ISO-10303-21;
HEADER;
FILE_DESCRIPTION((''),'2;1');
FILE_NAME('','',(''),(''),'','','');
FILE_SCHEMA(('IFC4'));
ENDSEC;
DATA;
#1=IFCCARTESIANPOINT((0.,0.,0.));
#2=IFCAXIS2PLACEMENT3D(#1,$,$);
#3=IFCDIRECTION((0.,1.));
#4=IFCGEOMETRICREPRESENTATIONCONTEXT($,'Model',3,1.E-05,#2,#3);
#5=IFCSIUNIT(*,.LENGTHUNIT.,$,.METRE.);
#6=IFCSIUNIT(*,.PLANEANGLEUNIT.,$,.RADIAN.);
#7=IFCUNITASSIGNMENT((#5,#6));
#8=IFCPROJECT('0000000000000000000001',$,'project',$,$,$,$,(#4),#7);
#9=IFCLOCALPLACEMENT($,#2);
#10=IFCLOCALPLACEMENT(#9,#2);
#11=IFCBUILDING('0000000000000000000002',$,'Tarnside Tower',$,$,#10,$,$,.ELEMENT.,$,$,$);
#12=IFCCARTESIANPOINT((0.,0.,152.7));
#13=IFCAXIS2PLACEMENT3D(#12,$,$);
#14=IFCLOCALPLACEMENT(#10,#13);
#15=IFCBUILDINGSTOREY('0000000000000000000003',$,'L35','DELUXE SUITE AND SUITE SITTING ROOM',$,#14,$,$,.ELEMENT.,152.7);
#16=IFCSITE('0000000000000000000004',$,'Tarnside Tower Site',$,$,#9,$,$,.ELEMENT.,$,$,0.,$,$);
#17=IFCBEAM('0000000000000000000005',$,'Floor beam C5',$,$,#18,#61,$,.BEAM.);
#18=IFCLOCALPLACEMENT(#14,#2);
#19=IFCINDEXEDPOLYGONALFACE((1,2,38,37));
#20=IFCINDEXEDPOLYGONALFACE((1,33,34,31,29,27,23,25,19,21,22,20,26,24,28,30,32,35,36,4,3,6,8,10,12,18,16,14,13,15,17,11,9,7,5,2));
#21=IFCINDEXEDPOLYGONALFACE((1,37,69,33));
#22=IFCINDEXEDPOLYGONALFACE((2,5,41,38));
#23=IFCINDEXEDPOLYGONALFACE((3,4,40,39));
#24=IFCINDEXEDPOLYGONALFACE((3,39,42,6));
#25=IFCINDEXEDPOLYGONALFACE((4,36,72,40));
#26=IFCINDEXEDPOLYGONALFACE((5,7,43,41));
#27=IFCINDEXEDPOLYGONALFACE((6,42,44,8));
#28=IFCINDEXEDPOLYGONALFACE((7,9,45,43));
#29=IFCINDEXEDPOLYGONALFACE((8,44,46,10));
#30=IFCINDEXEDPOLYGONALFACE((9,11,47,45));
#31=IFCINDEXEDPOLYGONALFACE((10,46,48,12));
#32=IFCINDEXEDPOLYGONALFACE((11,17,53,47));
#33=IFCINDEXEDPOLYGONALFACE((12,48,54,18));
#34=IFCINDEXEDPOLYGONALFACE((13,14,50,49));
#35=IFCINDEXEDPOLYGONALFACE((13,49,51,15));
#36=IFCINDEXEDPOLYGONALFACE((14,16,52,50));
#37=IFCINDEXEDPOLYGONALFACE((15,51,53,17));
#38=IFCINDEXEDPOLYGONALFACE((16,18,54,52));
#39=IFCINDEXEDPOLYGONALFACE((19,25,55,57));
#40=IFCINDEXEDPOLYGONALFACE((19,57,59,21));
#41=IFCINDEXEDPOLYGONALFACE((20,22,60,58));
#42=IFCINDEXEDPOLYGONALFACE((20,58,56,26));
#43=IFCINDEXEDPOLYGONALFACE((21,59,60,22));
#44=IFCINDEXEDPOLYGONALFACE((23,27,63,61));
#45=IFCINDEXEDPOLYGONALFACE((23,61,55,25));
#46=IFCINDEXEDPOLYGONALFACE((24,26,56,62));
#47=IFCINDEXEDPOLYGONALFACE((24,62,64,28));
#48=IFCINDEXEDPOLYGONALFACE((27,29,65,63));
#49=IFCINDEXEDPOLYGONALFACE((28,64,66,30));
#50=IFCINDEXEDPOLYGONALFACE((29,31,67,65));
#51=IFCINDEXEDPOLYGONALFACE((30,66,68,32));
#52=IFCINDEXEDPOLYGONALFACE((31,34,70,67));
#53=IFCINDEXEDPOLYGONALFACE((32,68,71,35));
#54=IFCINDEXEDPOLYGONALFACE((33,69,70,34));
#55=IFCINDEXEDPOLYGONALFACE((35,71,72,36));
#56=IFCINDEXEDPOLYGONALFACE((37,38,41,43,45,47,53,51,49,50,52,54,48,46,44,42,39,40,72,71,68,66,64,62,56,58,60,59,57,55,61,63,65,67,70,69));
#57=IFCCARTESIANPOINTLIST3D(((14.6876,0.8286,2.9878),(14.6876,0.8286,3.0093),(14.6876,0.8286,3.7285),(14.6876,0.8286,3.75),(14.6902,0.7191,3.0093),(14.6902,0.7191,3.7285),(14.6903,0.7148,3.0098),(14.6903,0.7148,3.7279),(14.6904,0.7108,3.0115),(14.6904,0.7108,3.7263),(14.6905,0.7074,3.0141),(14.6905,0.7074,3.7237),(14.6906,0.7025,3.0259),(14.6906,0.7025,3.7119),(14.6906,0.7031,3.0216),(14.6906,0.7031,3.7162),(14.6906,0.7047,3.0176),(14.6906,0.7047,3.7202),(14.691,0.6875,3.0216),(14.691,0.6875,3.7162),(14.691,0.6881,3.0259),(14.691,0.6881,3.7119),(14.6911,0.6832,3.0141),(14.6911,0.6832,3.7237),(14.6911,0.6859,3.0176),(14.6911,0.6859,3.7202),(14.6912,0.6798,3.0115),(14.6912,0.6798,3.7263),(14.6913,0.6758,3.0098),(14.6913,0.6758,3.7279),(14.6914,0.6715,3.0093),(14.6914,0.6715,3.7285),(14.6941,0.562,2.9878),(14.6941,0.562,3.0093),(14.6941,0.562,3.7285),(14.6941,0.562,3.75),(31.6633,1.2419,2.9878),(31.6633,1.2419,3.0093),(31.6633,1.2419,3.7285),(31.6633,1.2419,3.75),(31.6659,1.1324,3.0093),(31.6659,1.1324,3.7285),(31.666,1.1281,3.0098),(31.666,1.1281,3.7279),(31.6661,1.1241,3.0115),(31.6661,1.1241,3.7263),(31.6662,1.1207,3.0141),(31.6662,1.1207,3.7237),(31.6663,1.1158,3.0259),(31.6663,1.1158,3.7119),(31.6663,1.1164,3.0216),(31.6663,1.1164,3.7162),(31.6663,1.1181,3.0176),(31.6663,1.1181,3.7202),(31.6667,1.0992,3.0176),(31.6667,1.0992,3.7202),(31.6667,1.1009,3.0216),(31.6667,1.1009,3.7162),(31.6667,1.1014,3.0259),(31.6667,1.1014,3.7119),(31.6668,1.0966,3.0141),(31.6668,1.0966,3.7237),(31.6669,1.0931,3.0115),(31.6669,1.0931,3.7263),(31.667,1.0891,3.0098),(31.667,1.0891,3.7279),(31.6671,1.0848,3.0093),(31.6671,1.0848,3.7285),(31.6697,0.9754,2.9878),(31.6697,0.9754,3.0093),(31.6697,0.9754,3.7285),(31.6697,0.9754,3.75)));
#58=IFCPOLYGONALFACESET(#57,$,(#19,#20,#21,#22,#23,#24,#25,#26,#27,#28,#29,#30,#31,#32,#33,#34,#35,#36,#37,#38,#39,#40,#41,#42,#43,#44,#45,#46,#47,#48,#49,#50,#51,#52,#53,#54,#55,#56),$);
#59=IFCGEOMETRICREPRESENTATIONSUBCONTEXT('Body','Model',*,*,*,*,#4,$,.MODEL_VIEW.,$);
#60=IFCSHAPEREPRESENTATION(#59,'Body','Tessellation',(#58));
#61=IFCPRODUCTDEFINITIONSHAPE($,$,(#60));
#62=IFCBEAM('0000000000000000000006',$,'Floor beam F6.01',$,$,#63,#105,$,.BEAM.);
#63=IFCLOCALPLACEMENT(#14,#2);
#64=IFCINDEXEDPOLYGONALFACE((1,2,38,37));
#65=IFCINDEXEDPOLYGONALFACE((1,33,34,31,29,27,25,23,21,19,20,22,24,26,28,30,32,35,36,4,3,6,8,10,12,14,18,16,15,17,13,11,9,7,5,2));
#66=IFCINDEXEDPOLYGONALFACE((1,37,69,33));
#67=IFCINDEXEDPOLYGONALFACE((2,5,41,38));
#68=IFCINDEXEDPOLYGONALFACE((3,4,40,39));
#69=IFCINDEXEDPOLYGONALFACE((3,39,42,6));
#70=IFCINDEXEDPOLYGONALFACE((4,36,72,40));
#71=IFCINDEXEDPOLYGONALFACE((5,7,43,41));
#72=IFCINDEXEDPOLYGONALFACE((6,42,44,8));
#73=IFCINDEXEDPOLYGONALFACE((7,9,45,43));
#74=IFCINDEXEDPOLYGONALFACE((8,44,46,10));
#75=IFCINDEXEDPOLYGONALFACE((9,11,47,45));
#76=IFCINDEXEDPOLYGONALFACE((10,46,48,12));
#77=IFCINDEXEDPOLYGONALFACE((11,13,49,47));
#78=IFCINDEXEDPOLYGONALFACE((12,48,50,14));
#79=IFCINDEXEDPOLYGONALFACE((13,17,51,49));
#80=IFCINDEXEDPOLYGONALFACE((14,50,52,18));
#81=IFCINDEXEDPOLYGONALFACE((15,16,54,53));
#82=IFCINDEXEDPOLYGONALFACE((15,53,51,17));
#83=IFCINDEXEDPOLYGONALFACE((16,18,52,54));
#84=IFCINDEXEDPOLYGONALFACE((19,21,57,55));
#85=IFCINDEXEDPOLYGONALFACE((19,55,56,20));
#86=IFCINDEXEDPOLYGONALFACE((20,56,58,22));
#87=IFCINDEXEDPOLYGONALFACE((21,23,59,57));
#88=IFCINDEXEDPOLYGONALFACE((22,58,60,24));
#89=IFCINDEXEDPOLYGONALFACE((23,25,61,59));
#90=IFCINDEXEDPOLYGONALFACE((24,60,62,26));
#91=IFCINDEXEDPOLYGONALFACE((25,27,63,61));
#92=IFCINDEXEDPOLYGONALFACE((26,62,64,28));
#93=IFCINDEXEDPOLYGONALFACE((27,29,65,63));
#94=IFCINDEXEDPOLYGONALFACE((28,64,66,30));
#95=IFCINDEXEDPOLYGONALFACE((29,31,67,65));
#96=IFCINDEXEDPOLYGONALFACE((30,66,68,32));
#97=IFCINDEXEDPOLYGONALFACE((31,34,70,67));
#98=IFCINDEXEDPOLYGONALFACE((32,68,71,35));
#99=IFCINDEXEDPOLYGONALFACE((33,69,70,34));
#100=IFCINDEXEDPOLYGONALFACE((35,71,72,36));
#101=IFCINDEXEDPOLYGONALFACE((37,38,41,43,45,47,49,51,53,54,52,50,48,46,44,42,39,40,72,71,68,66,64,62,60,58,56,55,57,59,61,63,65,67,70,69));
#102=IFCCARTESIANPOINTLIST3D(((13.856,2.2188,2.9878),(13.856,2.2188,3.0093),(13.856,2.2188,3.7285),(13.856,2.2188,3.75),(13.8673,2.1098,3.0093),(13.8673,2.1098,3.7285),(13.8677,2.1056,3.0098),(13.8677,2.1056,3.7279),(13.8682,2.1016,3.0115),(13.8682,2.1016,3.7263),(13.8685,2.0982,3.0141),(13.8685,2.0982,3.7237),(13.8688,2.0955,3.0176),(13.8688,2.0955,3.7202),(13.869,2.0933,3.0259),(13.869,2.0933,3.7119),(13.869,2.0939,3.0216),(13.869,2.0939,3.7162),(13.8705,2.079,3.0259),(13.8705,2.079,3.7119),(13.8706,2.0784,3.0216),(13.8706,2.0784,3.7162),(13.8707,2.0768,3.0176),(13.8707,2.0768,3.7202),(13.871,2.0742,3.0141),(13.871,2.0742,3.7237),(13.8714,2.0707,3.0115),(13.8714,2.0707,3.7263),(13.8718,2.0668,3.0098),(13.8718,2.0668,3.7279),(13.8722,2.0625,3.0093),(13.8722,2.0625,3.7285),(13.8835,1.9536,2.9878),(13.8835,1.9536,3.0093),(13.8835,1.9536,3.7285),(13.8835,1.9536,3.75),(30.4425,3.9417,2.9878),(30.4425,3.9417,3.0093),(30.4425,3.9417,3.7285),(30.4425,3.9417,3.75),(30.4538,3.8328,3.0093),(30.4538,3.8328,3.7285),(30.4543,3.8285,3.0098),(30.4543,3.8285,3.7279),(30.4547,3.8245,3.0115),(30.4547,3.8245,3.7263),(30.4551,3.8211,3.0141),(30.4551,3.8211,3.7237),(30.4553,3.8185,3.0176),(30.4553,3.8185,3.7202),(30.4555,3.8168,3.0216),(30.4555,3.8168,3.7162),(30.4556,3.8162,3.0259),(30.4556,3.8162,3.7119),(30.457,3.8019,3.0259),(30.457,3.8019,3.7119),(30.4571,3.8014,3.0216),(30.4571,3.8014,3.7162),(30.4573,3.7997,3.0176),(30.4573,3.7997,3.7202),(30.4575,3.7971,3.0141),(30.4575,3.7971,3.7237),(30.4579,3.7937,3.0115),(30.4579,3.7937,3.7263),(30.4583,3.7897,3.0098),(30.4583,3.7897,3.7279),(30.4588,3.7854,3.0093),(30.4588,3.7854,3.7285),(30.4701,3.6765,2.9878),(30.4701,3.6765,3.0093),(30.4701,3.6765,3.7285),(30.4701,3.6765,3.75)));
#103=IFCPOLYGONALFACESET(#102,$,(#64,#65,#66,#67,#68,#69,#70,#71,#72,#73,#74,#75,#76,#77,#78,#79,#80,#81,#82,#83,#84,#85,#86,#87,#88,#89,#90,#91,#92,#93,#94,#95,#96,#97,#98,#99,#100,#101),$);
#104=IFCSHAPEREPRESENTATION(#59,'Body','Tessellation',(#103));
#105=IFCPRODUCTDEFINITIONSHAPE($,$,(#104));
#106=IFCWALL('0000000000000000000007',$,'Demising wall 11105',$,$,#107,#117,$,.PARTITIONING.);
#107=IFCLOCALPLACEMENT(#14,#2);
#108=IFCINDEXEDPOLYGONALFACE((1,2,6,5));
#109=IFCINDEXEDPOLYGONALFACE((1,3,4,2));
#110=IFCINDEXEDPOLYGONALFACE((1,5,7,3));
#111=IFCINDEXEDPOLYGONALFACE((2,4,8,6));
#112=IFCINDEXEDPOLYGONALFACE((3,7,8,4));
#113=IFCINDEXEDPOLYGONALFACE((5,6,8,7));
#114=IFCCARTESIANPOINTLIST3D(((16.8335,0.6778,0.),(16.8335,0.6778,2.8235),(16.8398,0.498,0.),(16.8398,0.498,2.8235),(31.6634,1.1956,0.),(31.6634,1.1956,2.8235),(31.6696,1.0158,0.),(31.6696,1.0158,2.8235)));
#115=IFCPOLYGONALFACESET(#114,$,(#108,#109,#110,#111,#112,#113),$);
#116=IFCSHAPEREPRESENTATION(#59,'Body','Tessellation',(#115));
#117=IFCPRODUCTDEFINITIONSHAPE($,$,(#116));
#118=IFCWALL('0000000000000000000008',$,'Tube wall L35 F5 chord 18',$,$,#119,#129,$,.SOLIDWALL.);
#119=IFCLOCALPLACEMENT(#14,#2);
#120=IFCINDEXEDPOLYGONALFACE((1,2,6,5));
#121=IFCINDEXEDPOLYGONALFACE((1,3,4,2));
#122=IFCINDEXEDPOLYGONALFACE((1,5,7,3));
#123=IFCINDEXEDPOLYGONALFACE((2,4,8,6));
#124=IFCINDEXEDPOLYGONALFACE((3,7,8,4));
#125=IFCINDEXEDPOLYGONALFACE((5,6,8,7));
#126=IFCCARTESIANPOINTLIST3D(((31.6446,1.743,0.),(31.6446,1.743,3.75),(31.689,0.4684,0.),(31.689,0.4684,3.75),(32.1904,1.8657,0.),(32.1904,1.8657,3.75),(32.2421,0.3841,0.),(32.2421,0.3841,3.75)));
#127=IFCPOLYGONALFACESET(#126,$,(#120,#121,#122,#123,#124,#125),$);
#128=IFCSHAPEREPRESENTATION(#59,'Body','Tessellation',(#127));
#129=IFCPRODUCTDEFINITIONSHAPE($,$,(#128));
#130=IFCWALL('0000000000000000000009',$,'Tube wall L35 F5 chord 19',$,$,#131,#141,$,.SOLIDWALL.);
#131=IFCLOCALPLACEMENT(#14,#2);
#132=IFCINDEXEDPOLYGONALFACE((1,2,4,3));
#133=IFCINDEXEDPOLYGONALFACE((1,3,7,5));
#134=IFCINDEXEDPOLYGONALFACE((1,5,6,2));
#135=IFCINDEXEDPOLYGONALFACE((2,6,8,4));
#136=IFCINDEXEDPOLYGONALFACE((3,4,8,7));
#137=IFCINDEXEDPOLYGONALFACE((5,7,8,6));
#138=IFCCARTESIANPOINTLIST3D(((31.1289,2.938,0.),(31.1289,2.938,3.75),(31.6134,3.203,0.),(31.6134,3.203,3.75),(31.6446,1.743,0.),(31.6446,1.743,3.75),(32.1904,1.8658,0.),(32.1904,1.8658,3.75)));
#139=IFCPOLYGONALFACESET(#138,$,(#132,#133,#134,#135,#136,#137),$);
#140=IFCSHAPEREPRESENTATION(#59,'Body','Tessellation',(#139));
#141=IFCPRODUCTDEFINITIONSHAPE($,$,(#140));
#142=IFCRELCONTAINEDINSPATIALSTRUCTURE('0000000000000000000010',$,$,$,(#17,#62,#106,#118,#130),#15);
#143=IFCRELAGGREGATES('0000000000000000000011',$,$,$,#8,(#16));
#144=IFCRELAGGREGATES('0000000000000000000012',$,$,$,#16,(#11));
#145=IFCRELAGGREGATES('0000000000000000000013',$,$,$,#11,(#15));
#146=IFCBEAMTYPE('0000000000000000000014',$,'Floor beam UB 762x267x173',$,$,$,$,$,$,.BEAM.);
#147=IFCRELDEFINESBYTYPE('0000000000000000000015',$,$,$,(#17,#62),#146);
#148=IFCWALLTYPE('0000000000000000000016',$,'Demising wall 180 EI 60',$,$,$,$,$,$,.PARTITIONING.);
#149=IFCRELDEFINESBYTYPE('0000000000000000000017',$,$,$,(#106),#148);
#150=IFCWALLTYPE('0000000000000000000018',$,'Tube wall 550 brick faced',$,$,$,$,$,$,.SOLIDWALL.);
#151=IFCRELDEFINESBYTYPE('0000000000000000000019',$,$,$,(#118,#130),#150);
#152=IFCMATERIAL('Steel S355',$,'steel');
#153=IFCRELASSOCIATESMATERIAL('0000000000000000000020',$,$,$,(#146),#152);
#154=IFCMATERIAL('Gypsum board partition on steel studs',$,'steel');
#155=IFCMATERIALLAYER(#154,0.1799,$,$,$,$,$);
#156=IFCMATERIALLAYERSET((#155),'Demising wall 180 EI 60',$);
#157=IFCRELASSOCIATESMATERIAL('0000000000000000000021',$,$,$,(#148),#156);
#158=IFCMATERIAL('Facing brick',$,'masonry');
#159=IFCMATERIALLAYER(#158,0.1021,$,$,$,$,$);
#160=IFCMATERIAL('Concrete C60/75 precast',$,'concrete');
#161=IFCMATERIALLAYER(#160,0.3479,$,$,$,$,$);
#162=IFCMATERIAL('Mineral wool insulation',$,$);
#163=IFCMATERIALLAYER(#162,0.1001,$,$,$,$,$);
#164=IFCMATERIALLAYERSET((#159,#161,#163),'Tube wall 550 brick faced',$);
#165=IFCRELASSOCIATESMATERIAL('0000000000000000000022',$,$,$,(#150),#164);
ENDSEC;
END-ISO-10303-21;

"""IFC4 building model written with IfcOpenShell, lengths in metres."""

from ifc_helpers import new_model, si_unit, direction, frame, frame_2d, origin, origin_2d, place, context, subcontext, project, spatial, polyline, rectangle, i_section, outline, extrude, material, layer, layer_set, material_profile, profile_set, type_object, element, save


model = new_model("IFC4")

# Units and contexts
model_context = context("Model", 3, precision=1e-05, world=origin(), true_north=direction((0.0, 1.0)))
body_context = subcontext(model_context, "Body", "Model", "MODEL_VIEW")
ifc_project = project(units=[si_unit("LENGTHUNIT", "METRE"), si_unit("PLANEANGLEUNIT", "RADIAN")], contexts=[model_context])

# Site, building, storey
site_placement = place(None, origin())
site = spatial("IfcSite", under=ifc_project, at=site_placement, Name="Tarnside Tower Site", CompositionType="ELEMENT", RefElevation=0.0)
building_placement = place(site_placement, origin())
building = spatial("IfcBuilding", under=site, at=building_placement, Name="Tarnside Tower", CompositionType="ELEMENT")
storey_placement = place(building_placement, frame((0.0, 0.0, 152.7)))
storey = spatial("IfcBuildingStorey", under=building, at=storey_placement, Name="L35", Description="DELUXE SUITE AND SUITE SITTING ROOM", CompositionType="ELEMENT", Elevation=152.7)

# Beams
ifc_material_1 = material(Name="Steel S355", Category="steel")
ifc_material_profile = material_profile(ifc_material_1, i_section(OverallWidth=0.2666, OverallDepth=0.7622, WebThickness=0.0144, FlangeThickness=0.0215, FilletRadius=0.0166, at=origin_2d()), Name="UB 762x267x173")
ifc_profile_set = profile_set([ifc_material_profile], Name="Steel S355")
beam_type = type_object("IfcBeamType", Name="Floor beam UB 762x267x173", PredefinedType="BEAM", material=ifc_profile_set)
beam_1_placement = place(storey_placement, frame((31.6665, 1.1086, 3.3689), z_axis=(-0.999704, -0.024341, 0.0), x_axis=(0.024341, -0.999704, 0.0)))
element("IfcBeam", 1, at=beam_1_placement, inside=storey, type_object=beam_type, Name="Floor beam C5", PredefinedType="BEAM", context=body_context, shape_type="SweptSolid", body=[
    extrude(i_section(OverallWidth=0.2666, OverallDepth=0.7622, WebThickness=0.0144, FlangeThickness=0.0215, FilletRadius=0.0166, at=origin_2d()), origin(), (0.0, 0.0, 1.0), 16.9807),
])
beam_2_placement = place(storey_placement, frame((30.4563, 3.8091, 3.3689), z_axis=(-0.994648, -0.103318, 0.0), x_axis=(0.103318, -0.994648, 0.0)))
element("IfcBeam", 2, at=beam_2_placement, inside=storey, type_object=beam_type, Name="Floor beam F6.01", PredefinedType="BEAM", context=body_context, shape_type="SweptSolid", body=[
    extrude(i_section(OverallWidth=0.2666, OverallDepth=0.7622, WebThickness=0.0144, FlangeThickness=0.0215, FilletRadius=0.0166, at=origin_2d()), origin(), (0.0, 0.0, 1.0), 16.6758),
])

# Walls
ifc_material_2 = material(Name="Gypsum board partition on steel studs", Category="steel")
ifc_layer_1 = layer(ifc_material_2, 0.1799)
ifc_layer_set_1 = layer_set([ifc_layer_1], Name="Demising wall 180 EI 60")
wall_type_1 = type_object("IfcWallType", Name="Demising wall 180 EI 60", PredefinedType="PARTITIONING", material=ifc_layer_set_1)
wall_1_placement = place(storey_placement, frame((31.6665, 1.1057, 0.0), z_axis=(0.0, 0.0, 1.0), x_axis=(-0.999391, -0.034896, 0.0)))
element("IfcWall", 3, at=wall_1_placement, inside=storey, type_object=wall_type_1, Name="Demising wall 11105", PredefinedType="PARTITIONING", context=body_context, shape_type="SweptSolid", body=[
    extrude(rectangle(XDim=14.8389, YDim=0.1799, at=frame_2d((7.4194, 0.0))), origin(), (0.0, 0.0, 1.0), 2.8235),
])
ifc_material_3 = material(Name="Facing brick", Category="masonry")
ifc_layer_2 = layer(ifc_material_3, 0.1021)
ifc_material_4 = material(Name="Concrete C60/75 precast", Category="concrete")
ifc_layer_3 = layer(ifc_material_4, 0.3479)
ifc_material_5 = material(Name="Mineral wool insulation")
ifc_layer_4 = layer(ifc_material_5, 0.1001)
ifc_layer_set_2 = layer_set([ifc_layer_2, ifc_layer_3, ifc_layer_4], Name="Tube wall 550 brick faced")
wall_type_2 = type_object("IfcWallType", Name="Tube wall 550 brick faced", PredefinedType="SOLIDWALL", material=ifc_layer_set_2)
wall_2_placement = place(storey_placement, frame((31.9656, 0.4263, 0.0), z_axis=(0.0, 0.0, 1.0), x_axis=(-0.034877, 0.999392, 0.0)))
element("IfcWall", 4, at=wall_2_placement, inside=storey, type_object=wall_type_2, Name="Tube wall L35 F5 chord 18", PredefinedType="SOLIDWALL", context=body_context, shape_type="SweptSolid", body=[
    extrude(outline(polyline([(-0.0518, -0.2749), (1.4307, -0.2749), (1.3271, 0.2749), (0.0518, 0.2749), (-0.0518, -0.2749)])), origin(), (0.0, 0.0, 1.0), 3.75),
])
wall_3_placement = place(storey_placement, frame((31.9175, 1.8044, 0.0), z_axis=(0.0, 0.0, 1.0), x_axis=(-0.396226, 0.918153, 0.0)))
element("IfcWall", 5, at=wall_3_placement, inside=storey, type_object=wall_type_2, Name="Tube wall L35 F5 chord 19", PredefinedType="SOLIDWALL", context=body_context, shape_type="SweptSolid", body=[
    extrude(outline(polyline([(-0.0518, -0.2749), (1.4045, -0.2749), (1.3533, 0.2749), (0.0518, 0.2749), (-0.0518, -0.2749)])), origin(), (0.0, 0.0, 1.0), 3.75),
])

save(model, "model.ifc")
